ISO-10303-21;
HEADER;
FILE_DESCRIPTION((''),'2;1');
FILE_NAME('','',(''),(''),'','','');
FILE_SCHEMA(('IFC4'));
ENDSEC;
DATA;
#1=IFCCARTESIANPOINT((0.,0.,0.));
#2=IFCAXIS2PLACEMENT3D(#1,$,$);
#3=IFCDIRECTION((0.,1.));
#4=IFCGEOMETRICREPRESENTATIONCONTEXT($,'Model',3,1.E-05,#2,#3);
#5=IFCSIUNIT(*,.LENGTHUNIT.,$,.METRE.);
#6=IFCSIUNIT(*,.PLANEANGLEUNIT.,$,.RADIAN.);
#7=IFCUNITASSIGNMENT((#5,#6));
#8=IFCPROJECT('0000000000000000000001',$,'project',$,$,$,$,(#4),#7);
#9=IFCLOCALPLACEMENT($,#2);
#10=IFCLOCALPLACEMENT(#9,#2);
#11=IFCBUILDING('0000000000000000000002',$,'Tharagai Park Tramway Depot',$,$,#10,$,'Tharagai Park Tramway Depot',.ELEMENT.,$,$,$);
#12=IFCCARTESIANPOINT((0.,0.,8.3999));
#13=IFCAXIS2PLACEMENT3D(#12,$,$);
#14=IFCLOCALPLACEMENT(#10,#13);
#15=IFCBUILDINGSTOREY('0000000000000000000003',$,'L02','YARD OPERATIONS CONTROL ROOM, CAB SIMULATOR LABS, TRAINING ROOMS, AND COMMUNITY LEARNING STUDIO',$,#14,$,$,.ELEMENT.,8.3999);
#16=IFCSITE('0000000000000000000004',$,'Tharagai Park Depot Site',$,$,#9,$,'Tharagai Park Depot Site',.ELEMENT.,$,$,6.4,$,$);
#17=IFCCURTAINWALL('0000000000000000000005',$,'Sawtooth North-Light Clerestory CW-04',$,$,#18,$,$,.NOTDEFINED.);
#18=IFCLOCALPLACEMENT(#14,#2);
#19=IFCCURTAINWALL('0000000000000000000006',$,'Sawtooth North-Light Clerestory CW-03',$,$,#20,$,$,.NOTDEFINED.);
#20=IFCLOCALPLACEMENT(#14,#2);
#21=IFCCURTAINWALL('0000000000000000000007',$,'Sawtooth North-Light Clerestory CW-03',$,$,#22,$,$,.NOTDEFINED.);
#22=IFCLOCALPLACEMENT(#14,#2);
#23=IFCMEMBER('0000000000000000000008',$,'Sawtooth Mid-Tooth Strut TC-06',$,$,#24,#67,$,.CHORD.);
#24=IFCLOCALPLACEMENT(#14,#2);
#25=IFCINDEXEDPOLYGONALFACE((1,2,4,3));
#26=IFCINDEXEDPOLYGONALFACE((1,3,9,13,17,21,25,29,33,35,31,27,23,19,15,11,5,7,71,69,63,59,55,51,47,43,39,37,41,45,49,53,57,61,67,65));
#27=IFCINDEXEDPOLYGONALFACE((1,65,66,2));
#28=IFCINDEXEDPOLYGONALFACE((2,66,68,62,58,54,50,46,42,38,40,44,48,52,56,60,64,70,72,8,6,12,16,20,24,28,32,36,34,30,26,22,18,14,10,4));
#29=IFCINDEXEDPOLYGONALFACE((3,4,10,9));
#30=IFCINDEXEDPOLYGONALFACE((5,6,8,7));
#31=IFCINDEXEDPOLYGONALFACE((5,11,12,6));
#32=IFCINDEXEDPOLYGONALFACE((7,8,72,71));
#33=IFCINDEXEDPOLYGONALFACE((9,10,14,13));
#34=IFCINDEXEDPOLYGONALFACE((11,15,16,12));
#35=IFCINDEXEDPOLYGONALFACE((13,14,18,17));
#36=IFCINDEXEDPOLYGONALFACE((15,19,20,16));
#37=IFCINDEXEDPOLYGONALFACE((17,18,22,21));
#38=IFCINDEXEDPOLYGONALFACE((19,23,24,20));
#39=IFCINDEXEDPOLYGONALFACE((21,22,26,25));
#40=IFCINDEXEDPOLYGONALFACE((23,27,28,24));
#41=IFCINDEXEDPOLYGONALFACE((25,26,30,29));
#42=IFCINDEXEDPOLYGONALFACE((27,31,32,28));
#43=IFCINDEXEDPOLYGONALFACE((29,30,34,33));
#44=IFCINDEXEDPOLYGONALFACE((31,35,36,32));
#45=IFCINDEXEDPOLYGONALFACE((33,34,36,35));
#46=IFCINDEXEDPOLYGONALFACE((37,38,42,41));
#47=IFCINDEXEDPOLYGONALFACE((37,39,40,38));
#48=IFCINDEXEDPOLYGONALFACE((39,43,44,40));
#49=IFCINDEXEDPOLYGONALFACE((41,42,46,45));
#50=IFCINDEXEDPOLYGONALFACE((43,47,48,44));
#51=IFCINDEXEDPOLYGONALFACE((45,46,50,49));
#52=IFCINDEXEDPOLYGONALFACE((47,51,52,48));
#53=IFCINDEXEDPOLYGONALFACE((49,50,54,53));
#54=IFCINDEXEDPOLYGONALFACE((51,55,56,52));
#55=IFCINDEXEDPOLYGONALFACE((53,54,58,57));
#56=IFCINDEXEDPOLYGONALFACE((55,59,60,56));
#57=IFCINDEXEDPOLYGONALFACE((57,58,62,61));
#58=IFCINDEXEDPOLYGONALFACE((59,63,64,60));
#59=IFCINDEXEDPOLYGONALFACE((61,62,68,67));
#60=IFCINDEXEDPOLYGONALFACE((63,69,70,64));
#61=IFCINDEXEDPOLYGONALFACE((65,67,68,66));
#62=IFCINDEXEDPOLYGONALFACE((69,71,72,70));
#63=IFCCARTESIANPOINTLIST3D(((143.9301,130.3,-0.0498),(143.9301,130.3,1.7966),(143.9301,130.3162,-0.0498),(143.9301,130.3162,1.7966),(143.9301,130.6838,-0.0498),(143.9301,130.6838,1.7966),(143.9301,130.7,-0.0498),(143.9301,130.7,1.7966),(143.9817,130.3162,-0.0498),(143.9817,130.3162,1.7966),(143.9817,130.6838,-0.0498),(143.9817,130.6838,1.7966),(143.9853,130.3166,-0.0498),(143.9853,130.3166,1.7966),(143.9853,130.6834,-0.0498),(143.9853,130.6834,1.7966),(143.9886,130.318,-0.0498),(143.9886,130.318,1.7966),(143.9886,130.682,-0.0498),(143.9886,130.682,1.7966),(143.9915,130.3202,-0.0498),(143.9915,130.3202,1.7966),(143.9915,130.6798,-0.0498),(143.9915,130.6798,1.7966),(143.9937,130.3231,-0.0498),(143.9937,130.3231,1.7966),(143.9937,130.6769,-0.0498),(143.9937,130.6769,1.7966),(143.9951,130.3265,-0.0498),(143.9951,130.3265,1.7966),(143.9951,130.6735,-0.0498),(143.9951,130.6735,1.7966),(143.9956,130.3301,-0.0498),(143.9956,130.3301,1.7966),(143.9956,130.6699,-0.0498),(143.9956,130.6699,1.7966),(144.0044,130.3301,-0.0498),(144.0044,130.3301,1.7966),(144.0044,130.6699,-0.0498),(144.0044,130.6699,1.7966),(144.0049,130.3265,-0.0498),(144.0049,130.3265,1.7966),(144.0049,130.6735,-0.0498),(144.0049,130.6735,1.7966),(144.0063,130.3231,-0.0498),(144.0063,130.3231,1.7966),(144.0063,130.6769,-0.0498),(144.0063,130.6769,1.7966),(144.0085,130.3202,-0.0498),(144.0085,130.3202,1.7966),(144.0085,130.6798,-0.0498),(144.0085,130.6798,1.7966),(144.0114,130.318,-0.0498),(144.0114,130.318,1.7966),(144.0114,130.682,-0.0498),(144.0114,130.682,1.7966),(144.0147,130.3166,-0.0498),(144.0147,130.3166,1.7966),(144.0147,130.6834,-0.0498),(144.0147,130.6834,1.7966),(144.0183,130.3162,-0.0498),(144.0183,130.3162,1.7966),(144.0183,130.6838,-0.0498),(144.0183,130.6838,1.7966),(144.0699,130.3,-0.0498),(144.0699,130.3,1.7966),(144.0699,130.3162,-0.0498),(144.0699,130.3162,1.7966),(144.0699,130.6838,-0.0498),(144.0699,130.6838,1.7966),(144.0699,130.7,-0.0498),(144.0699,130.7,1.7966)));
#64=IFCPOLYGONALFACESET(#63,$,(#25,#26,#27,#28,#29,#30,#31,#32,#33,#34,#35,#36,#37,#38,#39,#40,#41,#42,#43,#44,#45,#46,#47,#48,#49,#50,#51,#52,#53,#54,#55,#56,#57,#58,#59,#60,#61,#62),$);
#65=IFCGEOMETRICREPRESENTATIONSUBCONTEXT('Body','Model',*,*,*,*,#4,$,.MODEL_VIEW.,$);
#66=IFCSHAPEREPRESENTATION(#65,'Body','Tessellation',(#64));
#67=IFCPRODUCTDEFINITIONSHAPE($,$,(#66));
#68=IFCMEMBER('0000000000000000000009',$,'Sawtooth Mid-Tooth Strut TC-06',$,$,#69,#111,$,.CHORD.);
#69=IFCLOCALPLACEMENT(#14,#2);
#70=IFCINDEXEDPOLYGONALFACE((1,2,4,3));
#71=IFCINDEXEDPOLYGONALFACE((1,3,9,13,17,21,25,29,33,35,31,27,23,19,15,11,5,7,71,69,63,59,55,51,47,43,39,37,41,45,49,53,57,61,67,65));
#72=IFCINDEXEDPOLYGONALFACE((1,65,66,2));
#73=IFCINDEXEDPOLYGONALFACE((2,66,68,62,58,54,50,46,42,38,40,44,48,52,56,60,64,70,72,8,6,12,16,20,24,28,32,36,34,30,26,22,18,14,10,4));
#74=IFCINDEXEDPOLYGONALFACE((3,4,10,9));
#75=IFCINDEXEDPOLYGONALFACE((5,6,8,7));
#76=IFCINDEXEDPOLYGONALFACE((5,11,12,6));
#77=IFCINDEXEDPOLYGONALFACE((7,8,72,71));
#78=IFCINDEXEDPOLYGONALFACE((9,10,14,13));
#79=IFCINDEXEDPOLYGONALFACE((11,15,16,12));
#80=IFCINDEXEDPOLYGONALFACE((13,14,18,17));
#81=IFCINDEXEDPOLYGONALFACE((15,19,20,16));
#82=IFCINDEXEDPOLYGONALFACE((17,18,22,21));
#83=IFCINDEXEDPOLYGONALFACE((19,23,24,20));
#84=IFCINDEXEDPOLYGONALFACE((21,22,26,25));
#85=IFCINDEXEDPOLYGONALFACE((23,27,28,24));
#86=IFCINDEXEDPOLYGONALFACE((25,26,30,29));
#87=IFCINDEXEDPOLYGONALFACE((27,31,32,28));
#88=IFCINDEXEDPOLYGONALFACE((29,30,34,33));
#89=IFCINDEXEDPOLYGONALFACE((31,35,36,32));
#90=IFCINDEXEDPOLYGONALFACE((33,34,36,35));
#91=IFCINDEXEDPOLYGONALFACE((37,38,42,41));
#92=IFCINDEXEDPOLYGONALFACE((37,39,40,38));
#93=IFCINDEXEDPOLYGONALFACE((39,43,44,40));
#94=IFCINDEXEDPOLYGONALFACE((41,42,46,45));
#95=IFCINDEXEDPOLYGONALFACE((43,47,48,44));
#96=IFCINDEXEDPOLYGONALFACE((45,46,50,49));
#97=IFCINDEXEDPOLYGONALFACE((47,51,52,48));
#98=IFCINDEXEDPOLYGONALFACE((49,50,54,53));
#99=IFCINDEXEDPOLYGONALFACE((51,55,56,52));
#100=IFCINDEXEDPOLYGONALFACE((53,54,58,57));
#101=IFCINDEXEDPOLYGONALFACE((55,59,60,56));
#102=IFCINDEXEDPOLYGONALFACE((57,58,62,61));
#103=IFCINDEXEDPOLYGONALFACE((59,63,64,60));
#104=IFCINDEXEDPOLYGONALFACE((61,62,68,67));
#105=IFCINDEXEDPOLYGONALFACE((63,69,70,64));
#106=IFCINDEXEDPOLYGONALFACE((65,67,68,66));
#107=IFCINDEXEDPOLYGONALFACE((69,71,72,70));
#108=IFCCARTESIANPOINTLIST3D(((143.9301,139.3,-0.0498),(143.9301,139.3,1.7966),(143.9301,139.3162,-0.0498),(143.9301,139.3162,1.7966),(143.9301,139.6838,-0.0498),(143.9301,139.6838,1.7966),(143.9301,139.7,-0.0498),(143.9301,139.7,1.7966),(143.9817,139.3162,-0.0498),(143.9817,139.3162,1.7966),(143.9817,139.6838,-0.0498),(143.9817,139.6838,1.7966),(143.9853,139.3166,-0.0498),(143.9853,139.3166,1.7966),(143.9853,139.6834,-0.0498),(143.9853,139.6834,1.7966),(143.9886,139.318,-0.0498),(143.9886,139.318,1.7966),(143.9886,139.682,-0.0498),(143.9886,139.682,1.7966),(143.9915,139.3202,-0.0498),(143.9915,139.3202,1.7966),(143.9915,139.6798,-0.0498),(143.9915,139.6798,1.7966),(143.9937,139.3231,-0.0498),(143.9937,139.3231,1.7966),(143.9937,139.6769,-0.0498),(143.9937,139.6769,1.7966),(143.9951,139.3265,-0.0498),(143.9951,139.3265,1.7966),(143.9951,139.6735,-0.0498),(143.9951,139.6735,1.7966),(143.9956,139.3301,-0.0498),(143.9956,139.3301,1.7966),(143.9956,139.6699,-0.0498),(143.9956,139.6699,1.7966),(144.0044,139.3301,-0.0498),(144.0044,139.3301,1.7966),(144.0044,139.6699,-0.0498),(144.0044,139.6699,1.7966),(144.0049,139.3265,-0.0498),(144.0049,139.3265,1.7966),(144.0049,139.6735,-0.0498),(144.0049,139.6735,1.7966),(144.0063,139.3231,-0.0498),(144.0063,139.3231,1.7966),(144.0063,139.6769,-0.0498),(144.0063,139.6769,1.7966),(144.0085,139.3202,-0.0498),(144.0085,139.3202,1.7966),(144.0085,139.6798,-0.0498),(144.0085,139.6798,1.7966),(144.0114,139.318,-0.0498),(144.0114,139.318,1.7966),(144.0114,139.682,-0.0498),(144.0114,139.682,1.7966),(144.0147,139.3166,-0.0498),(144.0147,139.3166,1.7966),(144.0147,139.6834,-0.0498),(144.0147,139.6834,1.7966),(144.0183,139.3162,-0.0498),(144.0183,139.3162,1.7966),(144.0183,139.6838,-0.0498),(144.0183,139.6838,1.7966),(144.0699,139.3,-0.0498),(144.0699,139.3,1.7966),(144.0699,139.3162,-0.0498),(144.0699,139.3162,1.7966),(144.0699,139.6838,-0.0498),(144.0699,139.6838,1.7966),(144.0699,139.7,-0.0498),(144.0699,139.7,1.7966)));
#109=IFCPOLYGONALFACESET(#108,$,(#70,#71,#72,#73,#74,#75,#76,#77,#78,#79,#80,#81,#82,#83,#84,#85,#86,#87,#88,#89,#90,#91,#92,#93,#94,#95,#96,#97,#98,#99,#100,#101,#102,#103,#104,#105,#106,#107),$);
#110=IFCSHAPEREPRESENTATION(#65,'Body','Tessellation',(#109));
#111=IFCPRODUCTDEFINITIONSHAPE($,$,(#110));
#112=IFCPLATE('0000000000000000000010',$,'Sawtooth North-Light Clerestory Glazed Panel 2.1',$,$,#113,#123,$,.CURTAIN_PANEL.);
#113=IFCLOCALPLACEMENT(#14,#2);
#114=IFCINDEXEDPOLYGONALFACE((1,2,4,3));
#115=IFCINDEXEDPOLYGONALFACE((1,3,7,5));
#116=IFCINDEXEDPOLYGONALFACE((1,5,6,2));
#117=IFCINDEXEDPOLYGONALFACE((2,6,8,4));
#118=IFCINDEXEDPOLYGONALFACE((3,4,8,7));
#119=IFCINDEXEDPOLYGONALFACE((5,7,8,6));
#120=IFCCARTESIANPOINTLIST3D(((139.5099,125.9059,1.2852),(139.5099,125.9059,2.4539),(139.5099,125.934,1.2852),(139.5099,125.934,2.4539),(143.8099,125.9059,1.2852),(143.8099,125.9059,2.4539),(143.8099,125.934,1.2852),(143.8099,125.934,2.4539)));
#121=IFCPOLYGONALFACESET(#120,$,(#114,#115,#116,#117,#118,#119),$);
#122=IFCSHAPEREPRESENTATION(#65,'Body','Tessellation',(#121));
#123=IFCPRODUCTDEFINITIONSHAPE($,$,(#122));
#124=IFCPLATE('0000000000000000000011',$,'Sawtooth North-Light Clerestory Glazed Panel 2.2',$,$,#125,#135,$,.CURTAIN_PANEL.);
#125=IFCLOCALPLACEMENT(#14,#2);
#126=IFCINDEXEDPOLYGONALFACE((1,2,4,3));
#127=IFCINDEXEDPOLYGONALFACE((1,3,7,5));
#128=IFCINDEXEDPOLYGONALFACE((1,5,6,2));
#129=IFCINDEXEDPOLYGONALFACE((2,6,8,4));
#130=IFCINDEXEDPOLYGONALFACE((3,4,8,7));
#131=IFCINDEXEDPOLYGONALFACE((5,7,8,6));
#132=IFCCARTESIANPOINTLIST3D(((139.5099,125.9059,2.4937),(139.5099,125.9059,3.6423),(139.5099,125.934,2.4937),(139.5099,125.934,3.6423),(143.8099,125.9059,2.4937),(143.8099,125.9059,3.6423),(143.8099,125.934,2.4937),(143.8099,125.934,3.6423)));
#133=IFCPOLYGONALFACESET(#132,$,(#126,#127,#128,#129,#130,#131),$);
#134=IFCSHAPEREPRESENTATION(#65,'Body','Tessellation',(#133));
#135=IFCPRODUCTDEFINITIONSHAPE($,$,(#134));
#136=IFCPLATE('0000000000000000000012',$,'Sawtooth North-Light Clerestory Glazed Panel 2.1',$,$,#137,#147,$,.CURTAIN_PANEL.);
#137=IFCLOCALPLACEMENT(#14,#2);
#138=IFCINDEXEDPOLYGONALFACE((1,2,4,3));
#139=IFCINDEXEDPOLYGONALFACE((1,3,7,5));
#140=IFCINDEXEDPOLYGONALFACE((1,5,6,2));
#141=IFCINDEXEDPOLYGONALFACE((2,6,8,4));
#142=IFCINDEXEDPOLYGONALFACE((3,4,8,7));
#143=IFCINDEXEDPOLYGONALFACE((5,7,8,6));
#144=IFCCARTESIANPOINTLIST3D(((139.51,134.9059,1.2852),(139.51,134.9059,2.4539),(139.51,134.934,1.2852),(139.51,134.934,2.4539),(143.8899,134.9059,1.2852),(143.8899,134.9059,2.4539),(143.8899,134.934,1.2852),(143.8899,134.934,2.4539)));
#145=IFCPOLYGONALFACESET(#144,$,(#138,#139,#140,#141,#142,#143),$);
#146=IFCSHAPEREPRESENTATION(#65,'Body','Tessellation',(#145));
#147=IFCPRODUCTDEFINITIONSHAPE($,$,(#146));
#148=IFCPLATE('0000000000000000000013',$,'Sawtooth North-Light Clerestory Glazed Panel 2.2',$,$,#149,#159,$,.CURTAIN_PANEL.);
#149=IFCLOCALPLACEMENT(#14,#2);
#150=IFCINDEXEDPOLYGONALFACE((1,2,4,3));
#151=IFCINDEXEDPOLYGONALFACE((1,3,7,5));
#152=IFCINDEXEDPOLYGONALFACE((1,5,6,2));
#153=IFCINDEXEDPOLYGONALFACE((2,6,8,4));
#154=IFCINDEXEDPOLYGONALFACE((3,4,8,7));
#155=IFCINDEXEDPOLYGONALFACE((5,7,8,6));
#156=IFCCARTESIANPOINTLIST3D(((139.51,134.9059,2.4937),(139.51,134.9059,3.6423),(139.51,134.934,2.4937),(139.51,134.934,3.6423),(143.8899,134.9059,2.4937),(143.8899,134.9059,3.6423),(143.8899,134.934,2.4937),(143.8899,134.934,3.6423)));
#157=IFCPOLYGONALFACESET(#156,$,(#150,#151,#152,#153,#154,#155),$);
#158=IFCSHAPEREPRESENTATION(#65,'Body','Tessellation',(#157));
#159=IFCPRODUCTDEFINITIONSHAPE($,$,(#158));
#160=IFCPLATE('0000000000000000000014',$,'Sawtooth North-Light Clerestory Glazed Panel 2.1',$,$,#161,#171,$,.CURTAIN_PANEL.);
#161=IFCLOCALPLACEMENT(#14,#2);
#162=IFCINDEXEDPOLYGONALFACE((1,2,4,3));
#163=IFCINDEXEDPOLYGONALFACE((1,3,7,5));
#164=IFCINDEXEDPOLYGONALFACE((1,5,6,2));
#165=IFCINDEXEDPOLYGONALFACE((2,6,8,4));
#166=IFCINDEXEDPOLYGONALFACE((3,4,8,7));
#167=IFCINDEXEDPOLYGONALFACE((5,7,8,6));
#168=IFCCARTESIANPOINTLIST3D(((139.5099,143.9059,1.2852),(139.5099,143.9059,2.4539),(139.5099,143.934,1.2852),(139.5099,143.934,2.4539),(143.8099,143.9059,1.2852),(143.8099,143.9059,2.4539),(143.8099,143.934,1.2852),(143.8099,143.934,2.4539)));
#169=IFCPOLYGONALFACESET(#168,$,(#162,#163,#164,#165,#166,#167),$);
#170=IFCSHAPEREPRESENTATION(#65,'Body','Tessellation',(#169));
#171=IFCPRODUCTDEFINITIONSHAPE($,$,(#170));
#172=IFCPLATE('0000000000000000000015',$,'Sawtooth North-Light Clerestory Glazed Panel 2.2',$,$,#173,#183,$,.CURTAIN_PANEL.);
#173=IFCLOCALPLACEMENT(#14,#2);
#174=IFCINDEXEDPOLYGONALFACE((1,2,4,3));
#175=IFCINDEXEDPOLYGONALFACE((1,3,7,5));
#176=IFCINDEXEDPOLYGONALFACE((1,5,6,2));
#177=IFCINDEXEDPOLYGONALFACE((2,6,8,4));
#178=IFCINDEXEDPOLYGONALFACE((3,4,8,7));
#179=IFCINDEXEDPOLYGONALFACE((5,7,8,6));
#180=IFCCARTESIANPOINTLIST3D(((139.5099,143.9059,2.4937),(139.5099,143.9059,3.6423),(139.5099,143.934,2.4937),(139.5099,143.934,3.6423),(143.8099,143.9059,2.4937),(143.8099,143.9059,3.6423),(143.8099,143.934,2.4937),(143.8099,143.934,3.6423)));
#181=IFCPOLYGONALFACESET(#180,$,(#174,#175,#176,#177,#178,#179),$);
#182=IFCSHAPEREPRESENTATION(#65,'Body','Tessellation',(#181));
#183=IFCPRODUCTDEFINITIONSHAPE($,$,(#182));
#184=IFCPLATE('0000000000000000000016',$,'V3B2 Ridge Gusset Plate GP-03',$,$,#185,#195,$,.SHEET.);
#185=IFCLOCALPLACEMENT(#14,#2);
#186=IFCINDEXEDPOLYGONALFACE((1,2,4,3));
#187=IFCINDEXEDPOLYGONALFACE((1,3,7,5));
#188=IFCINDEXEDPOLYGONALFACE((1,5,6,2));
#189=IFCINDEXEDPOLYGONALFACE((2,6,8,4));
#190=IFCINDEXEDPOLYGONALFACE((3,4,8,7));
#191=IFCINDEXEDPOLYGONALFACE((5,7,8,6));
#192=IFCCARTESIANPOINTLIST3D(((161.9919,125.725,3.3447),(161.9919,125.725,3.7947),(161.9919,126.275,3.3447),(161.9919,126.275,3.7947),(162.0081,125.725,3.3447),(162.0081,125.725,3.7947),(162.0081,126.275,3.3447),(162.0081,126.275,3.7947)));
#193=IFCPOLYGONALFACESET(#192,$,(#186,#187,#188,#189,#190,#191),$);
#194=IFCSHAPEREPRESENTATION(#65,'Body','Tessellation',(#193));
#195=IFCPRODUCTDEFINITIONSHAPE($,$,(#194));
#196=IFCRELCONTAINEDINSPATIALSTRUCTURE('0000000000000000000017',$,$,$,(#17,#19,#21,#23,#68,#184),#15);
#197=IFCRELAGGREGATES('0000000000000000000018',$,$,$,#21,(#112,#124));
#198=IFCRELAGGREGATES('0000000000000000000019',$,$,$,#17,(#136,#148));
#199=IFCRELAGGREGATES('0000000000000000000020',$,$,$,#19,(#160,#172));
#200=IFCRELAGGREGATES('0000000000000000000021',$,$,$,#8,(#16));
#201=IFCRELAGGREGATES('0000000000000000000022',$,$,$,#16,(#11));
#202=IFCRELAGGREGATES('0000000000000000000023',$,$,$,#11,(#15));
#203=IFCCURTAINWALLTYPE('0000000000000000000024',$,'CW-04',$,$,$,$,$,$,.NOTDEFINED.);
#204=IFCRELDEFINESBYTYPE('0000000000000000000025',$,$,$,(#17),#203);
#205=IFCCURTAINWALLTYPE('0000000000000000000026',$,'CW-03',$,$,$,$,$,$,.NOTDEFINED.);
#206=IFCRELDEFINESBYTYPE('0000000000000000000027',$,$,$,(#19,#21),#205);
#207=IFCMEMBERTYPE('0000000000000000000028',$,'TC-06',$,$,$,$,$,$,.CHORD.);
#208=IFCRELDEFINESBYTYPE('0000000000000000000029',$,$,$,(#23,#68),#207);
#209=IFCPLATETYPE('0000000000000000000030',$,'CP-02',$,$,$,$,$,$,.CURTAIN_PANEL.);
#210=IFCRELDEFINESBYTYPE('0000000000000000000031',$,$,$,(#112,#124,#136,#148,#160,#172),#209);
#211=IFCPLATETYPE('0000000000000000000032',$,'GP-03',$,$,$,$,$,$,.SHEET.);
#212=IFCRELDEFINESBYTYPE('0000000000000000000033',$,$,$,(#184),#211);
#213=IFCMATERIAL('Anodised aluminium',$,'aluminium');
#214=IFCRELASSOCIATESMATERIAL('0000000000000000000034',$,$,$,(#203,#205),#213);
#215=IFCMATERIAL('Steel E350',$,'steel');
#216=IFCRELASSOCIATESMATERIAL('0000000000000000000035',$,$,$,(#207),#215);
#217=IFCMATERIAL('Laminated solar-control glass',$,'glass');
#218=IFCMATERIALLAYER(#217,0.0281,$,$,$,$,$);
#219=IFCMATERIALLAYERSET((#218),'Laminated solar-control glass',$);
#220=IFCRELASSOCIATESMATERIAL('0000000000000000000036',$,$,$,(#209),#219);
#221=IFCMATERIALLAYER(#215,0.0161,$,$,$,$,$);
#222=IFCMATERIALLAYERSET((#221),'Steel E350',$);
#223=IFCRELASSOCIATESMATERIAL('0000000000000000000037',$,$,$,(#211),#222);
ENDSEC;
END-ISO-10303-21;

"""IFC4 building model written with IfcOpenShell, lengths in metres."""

from ifc_helpers import new_model, si_unit, direction, frame, origin, origin_2d, place, context, subcontext, project, spatial, rectangle, i_section, extrude, material, layer, layer_set, material_profile, profile_set, type_object, element, aggregate, save


model = new_model("IFC4")

# Units and contexts
model_context = context("Model", 3, precision=1e-05, world=origin(), true_north=direction((0.0, 1.0)))
body_context = subcontext(model_context, "Body", "Model", "MODEL_VIEW")
ifc_project = project(units=[si_unit("LENGTHUNIT", "METRE"), si_unit("PLANEANGLEUNIT", "RADIAN")], contexts=[model_context])

# Site, building, storey
site_placement = place(None, origin())
site = spatial("IfcSite", under=ifc_project, at=site_placement, Name="Tharagai Park Depot Site", LongName="Tharagai Park Depot Site", CompositionType="ELEMENT", RefElevation=6.4)
building_placement = place(site_placement, origin())
building = spatial("IfcBuilding", under=site, at=building_placement, Name="Tharagai Park Tramway Depot", LongName="Tharagai Park Tramway Depot", CompositionType="ELEMENT")
storey_placement = place(building_placement, frame((0.0, 0.0, 8.3999)))
storey = spatial("IfcBuildingStorey", under=building, at=storey_placement, Name="L02", Description="YARD OPERATIONS CONTROL ROOM, CAB SIMULATOR LABS, TRAINING ROOMS, AND COMMUNITY LEARNING STUDIO", CompositionType="ELEMENT", Elevation=8.3999)

# Shared definitions
ifc_material_1 = material(Name="Steel E350", Category="steel")

# Curtain walls
ifc_material_2 = material(Name="Anodised aluminium", Category="aluminium")
curtain_wall_type_1 = type_object("IfcCurtainWallType", Name="CW-04", PredefinedType="NOTDEFINED", material=ifc_material_2)
curtain_wall_1_placement = place(storey_placement, origin())
curtain_wall_1 = element("IfcCurtainWall", 1, at=curtain_wall_1_placement, inside=storey, type_object=curtain_wall_type_1, Name="Sawtooth North-Light Clerestory CW-04", PredefinedType="NOTDEFINED")
curtain_wall_type_2 = type_object("IfcCurtainWallType", Name="CW-03", PredefinedType="NOTDEFINED", material=ifc_material_2)
curtain_wall_2_placement = place(storey_placement, origin())
curtain_wall_2 = element("IfcCurtainWall", 2, at=curtain_wall_2_placement, inside=storey, type_object=curtain_wall_type_2, Name="Sawtooth North-Light Clerestory CW-03", PredefinedType="NOTDEFINED")

# Curtain wall
curtain_wall_3_placement = place(storey_placement, origin())
curtain_wall_3 = element("IfcCurtainWall", 3, at=curtain_wall_3_placement, inside=storey, type_object=curtain_wall_type_2, Name="Sawtooth North-Light Clerestory CW-03", PredefinedType="NOTDEFINED")

# Members
ifc_material_profile_1 = material_profile(ifc_material_1, i_section(OverallWidth=0.1399, OverallDepth=0.3999, WebThickness=0.0088, FlangeThickness=0.0161, FilletRadius=0.0139, at=origin_2d()), Name="ISMB 400")
ifc_profile_set_1 = profile_set([ifc_material_profile_1], Name="Steel E350")
member_type_1 = type_object("IfcMemberType", Name="TC-06", PredefinedType="CHORD", material=ifc_profile_set_1)
for number, where, z_axis, x_axis, name in (
    (4, (144.0, 130.5, -0.0498), (0.0, 0.0, 1.0), (1.0, 0.0, 0.0), "Sawtooth Mid-Tooth Strut TC-06"),
    (5, (144.0, 139.5, -0.0498), (0.0, 0.0, 1.0), (1.0, 0.0, 0.0), "Sawtooth Mid-Tooth Strut TC-06"),
):
    element("IfcMember", number, at=place(storey_placement, frame(where, z_axis=z_axis, x_axis=x_axis)), inside=storey, type_object=member_type_1, Name=name, PredefinedType="CHORD", context=body_context, shape_type="SweptSolid", body=[
        extrude(i_section(OverallWidth=0.1399, OverallDepth=0.3999, WebThickness=0.0088, FlangeThickness=0.0161, FilletRadius=0.0139, at=origin_2d()), origin(), (0.0, 0.0, 1.0), 1.8464),
    ])

# Plates
ifc_material_3 = material(Name="Laminated solar-control glass", Category="glass")
ifc_layer_1 = layer(ifc_material_3, 0.0281)
ifc_layer_set_1 = layer_set([ifc_layer_1], Name="Laminated solar-control glass")
plate_type_1 = type_object("IfcPlateType", Name="CP-02", PredefinedType="CURTAIN_PANEL", material=ifc_layer_set_1)
plate_1_placement = place(storey_placement, frame((141.6599, 125.9199, 1.2852), z_axis=(0.0, 0.0, 1.0), x_axis=(1.0, 0.0, 0.0)))
plate_1 = element("IfcPlate", 6, at=plate_1_placement, type_object=plate_type_1, Name="Sawtooth North-Light Clerestory Glazed Panel 2.1", PredefinedType="CURTAIN_PANEL", context=body_context, shape_type="SweptSolid", body=[
    extrude(rectangle(XDim=4.3, YDim=0.0281, at=origin_2d()), origin(), (0.0, 0.0, 1.0), 1.1687),
])
plate_2_placement = place(storey_placement, frame((141.6599, 125.9199, 2.4937), z_axis=(0.0, 0.0, 1.0), x_axis=(1.0, 0.0, 0.0)))
plate_2 = element("IfcPlate", 7, at=plate_2_placement, type_object=plate_type_1, Name="Sawtooth North-Light Clerestory Glazed Panel 2.2", PredefinedType="CURTAIN_PANEL", context=body_context, shape_type="SweptSolid", body=[
    extrude(rectangle(XDim=4.3, YDim=0.0281, at=origin_2d()), origin(), (0.0, 0.0, 1.0), 1.1487),
])
aggregate(curtain_wall_3, [plate_1, plate_2])
plate_3_placement = place(storey_placement, frame((141.7, 134.9199, 1.2852), z_axis=(0.0, 0.0, 1.0), x_axis=(1.0, 0.0, 0.0)))
plate_3 = element("IfcPlate", 8, at=plate_3_placement, type_object=plate_type_1, Name="Sawtooth North-Light Clerestory Glazed Panel 2.1", PredefinedType="CURTAIN_PANEL", context=body_context, shape_type="SweptSolid", body=[
    extrude(rectangle(XDim=4.3799, YDim=0.0281, at=origin_2d()), origin(), (0.0, 0.0, 1.0), 1.1687),
])
plate_4_placement = place(storey_placement, frame((141.7, 134.9199, 2.4937), z_axis=(0.0, 0.0, 1.0), x_axis=(1.0, 0.0, 0.0)))
plate_4 = element("IfcPlate", 9, at=plate_4_placement, type_object=plate_type_1, Name="Sawtooth North-Light Clerestory Glazed Panel 2.2", PredefinedType="CURTAIN_PANEL", context=body_context, shape_type="SweptSolid", body=[
    extrude(rectangle(XDim=4.3799, YDim=0.0281, at=origin_2d()), origin(), (0.0, 0.0, 1.0), 1.1487),
])
aggregate(curtain_wall_1, [plate_3, plate_4])
plate_5_placement = place(storey_placement, frame((141.6599, 143.9199, 1.2852), z_axis=(0.0, 0.0, 1.0), x_axis=(1.0, 0.0, 0.0)))
plate_5 = element("IfcPlate", 10, at=plate_5_placement, type_object=plate_type_1, Name="Sawtooth North-Light Clerestory Glazed Panel 2.1", PredefinedType="CURTAIN_PANEL", context=body_context, shape_type="SweptSolid", body=[
    extrude(rectangle(XDim=4.3, YDim=0.0281, at=origin_2d()), origin(), (0.0, 0.0, 1.0), 1.1687),
])
plate_6_placement = place(storey_placement, frame((141.6599, 143.9199, 2.4937), z_axis=(0.0, 0.0, 1.0), x_axis=(1.0, 0.0, 0.0)))
plate_6 = element("IfcPlate", 11, at=plate_6_placement, type_object=plate_type_1, Name="Sawtooth North-Light Clerestory Glazed Panel 2.2", PredefinedType="CURTAIN_PANEL", context=body_context, shape_type="SweptSolid", body=[
    extrude(rectangle(XDim=4.3, YDim=0.0281, at=origin_2d()), origin(), (0.0, 0.0, 1.0), 1.1487),
])
aggregate(curtain_wall_2, [plate_5, plate_6])
ifc_layer_2 = layer(ifc_material_1, 0.0161)
ifc_layer_set_2 = layer_set([ifc_layer_2], Name="Steel E350")
plate_type_2 = type_object("IfcPlateType", Name="GP-03", PredefinedType="SHEET", material=ifc_layer_set_2)
plate_7_placement = place(storey_placement, frame((162.0, 126.0, 3.3447), z_axis=(0.0, 0.0, 1.0), x_axis=(1.0, 0.0, 0.0)))
element("IfcPlate", 12, at=plate_7_placement, inside=storey, type_object=plate_type_2, Name="V3B2 Ridge Gusset Plate GP-03", PredefinedType="SHEET", context=body_context, shape_type="SweptSolid", body=[
    extrude(rectangle(XDim=0.0161, YDim=0.55, at=origin_2d()), origin(), (0.0, 0.0, 1.0), 0.45),
])

save(model, "model.ifc")
